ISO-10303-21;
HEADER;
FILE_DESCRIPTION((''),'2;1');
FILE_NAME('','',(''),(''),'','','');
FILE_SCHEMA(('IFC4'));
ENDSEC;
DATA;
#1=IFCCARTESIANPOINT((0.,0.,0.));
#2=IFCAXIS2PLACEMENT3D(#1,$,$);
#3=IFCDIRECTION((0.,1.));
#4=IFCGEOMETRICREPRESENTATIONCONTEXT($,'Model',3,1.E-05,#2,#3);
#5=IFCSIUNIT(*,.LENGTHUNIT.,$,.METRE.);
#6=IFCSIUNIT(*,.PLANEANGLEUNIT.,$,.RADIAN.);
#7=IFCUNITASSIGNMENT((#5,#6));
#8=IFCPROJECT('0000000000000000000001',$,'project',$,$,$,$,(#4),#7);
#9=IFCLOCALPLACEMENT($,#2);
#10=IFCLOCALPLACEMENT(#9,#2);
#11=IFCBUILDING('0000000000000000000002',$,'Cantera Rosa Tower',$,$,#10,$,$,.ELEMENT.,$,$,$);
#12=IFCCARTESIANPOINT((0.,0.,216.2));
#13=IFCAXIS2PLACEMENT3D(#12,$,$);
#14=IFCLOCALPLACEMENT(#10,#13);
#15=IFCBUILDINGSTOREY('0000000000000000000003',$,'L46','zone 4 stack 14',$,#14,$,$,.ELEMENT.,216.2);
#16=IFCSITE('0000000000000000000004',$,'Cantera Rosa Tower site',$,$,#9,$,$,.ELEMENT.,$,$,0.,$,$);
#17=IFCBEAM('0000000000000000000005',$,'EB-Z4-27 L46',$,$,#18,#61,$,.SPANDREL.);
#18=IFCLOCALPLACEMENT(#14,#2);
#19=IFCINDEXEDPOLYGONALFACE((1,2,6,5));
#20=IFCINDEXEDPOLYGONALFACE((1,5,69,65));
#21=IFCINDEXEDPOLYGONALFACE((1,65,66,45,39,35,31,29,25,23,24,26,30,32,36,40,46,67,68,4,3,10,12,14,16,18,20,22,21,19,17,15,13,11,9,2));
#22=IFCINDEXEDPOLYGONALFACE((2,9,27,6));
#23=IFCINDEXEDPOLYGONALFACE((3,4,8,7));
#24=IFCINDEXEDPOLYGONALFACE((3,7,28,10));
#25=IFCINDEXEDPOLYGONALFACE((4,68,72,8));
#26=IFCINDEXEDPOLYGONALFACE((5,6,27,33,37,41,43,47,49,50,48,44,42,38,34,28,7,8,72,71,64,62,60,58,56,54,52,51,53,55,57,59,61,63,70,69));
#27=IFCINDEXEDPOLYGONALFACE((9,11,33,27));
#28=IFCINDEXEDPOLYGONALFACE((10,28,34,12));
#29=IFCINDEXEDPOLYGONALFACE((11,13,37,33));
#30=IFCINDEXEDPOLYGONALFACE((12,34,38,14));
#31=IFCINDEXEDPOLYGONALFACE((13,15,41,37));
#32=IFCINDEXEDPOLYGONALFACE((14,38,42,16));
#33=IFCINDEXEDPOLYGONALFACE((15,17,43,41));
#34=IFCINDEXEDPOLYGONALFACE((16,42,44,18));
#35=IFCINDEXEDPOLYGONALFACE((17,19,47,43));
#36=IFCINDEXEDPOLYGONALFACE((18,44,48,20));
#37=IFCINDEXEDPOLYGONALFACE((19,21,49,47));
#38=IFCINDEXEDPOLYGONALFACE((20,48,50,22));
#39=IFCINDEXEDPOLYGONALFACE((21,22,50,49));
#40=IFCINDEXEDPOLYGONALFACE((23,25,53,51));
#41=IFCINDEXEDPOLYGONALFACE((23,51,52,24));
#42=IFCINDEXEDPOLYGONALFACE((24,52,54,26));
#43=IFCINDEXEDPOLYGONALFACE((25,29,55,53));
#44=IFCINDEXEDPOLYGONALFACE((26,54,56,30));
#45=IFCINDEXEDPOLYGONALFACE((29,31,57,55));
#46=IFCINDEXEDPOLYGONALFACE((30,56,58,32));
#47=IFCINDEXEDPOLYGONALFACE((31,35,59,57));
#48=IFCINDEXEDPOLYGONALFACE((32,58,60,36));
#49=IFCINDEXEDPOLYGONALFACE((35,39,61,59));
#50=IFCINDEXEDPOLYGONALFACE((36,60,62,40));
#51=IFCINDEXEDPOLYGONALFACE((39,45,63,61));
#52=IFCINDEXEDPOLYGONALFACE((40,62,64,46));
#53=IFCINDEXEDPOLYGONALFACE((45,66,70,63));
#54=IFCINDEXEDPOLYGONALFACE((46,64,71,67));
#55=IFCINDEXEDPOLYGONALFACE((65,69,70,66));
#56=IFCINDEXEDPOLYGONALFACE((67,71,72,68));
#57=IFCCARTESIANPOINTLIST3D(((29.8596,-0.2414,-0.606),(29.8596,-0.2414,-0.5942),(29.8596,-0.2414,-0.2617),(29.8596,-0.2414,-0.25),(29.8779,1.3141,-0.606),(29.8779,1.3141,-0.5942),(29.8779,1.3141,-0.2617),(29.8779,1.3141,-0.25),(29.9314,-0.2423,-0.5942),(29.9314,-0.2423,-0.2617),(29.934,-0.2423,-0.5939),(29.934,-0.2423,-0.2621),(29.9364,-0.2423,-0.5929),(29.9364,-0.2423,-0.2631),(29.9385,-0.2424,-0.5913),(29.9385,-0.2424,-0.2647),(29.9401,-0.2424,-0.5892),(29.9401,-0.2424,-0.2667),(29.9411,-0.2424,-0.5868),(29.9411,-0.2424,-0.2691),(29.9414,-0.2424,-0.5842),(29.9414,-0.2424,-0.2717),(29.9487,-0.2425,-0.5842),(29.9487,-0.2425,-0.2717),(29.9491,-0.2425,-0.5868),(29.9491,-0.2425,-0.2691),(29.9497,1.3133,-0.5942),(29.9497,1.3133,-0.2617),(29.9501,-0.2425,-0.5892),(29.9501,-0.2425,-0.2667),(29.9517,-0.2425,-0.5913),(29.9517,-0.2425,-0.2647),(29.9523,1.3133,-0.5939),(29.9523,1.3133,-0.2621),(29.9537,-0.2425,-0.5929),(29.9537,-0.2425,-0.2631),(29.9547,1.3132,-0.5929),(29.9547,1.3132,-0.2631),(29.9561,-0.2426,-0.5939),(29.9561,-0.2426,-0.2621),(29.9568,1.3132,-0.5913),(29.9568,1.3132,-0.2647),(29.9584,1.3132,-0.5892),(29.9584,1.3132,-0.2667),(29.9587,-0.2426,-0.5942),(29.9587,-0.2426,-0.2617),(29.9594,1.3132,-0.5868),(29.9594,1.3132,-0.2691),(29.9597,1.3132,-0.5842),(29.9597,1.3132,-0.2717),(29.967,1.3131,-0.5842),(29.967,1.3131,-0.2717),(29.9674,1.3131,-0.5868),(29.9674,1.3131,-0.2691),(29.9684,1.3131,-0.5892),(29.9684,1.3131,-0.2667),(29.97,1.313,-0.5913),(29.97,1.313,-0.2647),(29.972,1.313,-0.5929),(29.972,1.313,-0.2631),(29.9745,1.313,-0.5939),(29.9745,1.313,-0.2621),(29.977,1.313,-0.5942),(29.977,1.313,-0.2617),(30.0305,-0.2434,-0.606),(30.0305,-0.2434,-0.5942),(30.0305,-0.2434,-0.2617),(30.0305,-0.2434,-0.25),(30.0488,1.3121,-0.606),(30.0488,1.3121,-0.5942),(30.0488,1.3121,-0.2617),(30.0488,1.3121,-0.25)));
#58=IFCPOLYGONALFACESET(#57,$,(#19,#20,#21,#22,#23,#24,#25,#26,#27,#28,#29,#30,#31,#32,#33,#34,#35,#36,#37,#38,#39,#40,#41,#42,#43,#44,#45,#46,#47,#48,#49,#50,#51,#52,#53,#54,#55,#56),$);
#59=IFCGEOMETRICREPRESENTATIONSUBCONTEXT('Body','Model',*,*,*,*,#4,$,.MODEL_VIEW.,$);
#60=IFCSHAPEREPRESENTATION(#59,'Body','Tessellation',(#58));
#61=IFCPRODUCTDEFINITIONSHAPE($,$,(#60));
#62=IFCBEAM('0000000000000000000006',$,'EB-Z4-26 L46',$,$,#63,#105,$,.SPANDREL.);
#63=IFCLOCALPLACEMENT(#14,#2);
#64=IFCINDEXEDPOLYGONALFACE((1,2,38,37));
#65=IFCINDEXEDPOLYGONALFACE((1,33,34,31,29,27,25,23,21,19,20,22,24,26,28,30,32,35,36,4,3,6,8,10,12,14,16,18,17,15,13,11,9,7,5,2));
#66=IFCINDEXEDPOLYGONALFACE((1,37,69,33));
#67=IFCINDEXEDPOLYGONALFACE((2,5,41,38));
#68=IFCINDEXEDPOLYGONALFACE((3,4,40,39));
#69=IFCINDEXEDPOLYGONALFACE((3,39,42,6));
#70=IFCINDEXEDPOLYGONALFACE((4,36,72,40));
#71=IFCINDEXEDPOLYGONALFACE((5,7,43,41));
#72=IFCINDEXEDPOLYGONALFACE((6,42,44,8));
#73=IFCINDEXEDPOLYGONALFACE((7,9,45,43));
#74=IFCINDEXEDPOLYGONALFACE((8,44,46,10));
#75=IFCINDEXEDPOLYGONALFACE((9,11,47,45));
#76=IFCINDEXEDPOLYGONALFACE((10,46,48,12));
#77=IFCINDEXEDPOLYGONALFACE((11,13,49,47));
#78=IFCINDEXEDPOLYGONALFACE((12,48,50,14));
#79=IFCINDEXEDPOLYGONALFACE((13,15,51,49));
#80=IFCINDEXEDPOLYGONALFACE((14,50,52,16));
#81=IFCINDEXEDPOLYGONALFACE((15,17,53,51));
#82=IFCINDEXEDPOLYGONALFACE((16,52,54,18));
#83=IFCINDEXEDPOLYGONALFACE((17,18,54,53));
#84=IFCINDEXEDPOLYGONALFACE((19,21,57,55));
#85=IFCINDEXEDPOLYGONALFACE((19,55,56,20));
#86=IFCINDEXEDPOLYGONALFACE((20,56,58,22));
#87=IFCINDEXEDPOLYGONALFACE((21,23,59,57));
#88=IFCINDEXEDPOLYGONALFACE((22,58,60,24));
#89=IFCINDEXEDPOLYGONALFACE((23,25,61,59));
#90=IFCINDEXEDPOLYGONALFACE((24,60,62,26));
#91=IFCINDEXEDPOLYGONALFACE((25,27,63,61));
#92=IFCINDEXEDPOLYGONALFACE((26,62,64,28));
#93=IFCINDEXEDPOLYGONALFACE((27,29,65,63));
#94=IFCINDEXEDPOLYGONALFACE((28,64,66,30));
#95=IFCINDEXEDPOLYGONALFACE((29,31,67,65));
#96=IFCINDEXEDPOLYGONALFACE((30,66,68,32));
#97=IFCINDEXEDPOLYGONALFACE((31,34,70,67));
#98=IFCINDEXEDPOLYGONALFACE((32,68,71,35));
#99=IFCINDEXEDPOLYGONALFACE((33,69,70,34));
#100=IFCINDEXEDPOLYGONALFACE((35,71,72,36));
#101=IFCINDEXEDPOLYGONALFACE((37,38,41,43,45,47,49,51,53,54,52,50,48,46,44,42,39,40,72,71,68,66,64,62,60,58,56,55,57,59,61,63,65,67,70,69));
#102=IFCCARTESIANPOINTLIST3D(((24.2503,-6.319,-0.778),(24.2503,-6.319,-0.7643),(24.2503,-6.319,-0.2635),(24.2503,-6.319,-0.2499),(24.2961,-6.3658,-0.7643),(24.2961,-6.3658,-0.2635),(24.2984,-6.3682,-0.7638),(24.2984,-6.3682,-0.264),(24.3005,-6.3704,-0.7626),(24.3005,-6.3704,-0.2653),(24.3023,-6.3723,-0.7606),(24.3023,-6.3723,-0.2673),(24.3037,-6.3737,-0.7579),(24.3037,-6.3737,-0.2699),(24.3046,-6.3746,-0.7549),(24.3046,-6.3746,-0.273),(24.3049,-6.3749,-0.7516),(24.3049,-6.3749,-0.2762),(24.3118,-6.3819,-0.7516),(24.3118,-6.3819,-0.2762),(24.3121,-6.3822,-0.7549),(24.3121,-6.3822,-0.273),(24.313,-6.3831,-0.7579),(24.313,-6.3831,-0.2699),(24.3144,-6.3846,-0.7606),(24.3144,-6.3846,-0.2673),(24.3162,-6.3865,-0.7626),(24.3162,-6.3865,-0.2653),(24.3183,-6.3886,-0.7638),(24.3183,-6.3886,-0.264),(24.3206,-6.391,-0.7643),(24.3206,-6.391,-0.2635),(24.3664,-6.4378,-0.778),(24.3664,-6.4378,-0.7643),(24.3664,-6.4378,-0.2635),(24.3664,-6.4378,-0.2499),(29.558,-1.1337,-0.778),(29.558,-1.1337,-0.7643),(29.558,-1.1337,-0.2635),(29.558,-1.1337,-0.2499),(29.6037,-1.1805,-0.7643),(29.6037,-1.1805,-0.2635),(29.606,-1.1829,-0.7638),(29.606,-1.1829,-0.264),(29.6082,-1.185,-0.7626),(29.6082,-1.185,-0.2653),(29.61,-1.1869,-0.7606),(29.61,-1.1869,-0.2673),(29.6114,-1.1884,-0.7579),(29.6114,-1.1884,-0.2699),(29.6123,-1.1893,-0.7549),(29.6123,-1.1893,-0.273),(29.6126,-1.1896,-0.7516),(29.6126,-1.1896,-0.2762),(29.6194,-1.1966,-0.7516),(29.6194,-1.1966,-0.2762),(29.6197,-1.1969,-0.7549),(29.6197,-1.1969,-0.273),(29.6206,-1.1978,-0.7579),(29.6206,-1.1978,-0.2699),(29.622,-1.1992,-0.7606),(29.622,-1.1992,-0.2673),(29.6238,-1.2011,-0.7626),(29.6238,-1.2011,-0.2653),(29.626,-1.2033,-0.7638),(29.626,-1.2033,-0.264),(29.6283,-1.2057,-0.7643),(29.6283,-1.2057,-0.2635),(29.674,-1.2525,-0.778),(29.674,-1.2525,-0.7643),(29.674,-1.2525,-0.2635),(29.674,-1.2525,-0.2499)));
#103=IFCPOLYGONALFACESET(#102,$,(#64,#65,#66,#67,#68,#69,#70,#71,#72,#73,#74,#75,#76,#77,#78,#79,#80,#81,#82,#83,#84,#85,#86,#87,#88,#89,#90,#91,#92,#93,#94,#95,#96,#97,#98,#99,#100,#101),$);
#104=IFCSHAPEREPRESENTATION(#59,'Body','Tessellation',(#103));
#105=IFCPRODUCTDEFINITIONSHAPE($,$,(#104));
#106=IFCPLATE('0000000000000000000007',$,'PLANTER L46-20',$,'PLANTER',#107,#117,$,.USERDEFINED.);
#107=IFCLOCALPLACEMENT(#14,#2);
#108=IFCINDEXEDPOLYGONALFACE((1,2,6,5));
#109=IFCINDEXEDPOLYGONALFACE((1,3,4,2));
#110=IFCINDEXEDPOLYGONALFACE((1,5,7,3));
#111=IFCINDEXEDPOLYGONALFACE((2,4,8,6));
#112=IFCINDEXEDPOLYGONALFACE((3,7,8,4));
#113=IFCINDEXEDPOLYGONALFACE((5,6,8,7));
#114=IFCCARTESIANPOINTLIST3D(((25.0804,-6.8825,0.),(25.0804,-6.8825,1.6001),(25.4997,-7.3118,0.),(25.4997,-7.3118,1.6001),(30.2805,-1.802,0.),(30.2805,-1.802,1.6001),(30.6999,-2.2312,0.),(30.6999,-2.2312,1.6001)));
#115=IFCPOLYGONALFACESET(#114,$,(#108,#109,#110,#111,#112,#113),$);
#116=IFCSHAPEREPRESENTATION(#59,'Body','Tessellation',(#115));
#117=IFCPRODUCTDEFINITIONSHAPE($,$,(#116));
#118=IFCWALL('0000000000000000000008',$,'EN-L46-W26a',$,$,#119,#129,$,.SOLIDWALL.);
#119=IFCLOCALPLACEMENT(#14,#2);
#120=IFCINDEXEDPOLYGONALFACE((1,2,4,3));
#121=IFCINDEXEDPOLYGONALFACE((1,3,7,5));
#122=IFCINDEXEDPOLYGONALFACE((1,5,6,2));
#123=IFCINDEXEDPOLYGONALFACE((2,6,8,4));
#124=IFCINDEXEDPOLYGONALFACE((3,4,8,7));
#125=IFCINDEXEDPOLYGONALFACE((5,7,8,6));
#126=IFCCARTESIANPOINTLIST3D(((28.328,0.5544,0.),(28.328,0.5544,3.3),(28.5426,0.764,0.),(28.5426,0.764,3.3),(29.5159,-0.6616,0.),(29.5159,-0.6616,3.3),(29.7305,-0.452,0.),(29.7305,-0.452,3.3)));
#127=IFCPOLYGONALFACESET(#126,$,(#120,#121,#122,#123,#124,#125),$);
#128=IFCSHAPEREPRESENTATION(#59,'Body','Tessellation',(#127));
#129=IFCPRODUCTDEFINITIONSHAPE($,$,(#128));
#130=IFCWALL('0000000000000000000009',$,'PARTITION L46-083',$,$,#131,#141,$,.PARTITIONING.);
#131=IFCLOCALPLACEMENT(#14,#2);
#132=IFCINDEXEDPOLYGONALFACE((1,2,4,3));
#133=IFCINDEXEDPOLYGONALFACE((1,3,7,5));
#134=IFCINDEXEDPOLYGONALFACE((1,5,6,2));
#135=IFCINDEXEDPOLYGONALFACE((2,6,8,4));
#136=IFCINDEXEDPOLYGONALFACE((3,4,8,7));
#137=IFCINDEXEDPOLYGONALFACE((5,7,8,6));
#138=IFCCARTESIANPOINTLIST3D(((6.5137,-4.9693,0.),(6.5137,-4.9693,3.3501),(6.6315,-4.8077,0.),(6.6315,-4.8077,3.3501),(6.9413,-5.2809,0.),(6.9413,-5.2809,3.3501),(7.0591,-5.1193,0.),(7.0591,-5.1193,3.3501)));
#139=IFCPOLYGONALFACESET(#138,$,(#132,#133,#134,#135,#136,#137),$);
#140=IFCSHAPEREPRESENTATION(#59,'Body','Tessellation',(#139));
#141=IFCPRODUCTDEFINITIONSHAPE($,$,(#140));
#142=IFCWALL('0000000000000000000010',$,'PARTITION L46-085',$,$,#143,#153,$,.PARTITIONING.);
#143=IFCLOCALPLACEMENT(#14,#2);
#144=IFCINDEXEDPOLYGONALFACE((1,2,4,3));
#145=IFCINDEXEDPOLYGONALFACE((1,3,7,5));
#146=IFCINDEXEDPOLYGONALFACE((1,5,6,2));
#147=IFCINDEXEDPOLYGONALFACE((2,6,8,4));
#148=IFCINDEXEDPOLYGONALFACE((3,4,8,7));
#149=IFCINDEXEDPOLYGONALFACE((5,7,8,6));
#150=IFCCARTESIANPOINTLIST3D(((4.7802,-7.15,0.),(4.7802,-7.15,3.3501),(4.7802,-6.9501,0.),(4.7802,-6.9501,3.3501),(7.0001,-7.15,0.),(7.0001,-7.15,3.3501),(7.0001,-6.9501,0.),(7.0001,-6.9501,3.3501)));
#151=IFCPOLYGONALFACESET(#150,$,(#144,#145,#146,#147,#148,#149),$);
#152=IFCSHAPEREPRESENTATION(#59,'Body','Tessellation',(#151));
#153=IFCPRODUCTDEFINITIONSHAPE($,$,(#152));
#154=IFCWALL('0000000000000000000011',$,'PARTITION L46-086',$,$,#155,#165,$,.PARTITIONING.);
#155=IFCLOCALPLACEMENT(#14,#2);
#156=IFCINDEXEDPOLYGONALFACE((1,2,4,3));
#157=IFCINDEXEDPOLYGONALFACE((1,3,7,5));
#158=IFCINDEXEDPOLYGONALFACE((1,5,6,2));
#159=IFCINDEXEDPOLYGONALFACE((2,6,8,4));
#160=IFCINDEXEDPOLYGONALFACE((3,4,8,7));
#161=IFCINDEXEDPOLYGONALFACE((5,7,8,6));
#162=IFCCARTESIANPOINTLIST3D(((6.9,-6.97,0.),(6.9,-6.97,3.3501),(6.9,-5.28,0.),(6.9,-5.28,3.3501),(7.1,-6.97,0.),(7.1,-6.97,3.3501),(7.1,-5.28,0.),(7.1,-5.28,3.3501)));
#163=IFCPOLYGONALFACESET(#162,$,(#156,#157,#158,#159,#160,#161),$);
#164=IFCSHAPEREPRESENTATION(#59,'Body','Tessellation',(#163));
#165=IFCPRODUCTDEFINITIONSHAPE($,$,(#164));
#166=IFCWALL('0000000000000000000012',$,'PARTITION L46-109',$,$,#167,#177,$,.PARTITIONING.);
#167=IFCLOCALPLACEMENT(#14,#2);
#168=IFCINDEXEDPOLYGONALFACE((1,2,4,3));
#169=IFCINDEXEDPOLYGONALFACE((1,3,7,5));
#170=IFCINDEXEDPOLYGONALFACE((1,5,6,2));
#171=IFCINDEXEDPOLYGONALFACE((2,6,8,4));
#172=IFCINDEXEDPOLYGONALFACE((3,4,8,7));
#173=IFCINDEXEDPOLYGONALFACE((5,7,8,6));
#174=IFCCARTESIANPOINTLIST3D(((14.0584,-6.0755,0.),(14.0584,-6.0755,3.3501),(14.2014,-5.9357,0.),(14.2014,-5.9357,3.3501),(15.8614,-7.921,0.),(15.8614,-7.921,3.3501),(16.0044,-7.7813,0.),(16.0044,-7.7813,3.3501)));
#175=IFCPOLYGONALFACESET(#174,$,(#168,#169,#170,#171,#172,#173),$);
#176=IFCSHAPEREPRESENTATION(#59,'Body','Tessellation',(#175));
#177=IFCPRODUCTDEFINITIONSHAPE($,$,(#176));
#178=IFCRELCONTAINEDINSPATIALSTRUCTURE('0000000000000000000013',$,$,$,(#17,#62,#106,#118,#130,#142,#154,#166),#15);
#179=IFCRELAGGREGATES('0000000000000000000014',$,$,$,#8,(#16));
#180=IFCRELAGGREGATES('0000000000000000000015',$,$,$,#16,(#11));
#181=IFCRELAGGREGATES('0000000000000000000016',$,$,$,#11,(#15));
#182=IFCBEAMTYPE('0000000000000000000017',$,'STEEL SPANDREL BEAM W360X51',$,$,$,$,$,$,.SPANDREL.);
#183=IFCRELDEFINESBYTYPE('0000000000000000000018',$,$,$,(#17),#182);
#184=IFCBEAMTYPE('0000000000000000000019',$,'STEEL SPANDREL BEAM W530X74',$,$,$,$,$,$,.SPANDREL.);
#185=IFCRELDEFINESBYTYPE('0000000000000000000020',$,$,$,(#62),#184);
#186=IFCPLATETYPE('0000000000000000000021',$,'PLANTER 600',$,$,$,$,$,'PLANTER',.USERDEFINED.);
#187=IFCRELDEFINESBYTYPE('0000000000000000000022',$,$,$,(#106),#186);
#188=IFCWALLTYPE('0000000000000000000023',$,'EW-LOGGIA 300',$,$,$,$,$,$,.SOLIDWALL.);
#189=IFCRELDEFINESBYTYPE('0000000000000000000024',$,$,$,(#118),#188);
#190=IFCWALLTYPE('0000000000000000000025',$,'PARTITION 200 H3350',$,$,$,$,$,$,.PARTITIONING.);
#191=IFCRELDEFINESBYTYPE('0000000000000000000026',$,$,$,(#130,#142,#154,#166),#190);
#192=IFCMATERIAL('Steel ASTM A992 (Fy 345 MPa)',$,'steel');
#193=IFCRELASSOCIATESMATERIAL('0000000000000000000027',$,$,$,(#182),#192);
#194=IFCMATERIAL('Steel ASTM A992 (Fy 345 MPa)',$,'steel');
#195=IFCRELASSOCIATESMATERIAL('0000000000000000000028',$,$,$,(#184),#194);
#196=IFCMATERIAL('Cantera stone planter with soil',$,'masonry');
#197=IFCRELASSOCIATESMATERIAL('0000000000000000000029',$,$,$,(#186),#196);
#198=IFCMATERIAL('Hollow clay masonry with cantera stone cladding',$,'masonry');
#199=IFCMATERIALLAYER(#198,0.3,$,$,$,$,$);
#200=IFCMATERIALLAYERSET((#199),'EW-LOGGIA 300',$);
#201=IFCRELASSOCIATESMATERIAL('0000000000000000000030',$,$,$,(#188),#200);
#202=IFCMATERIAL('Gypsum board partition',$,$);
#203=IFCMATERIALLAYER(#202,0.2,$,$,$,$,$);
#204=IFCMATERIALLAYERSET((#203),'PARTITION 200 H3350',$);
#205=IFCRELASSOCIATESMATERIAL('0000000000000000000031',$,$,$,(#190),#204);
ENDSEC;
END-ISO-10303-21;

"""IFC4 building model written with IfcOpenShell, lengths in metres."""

from ifc_helpers import new_model, si_unit, direction, frame, frame_2d, origin, origin_2d, place, context, subcontext, project, spatial, rectangle, i_section, extrude, material, layer, layer_set, material_profile, profile_set, type_object, element, save


model = new_model("IFC4")

# Units and contexts
model_context = context("Model", 3, precision=1e-05, world=origin(), true_north=direction((0.0, 1.0)))
body_context = subcontext(model_context, "Body", "Model", "MODEL_VIEW")
ifc_project = project(units=[si_unit("LENGTHUNIT", "METRE"), si_unit("PLANEANGLEUNIT", "RADIAN")], contexts=[model_context])

# Site, building, storey
site_placement = place(None, origin())
site = spatial("IfcSite", under=ifc_project, at=site_placement, Name="Cantera Rosa Tower site", CompositionType="ELEMENT", RefElevation=0.0)
building_placement = place(site_placement, origin())
building = spatial("IfcBuilding", under=site, at=building_placement, Name="Cantera Rosa Tower", CompositionType="ELEMENT")
storey_placement = place(building_placement, frame((0.0, 0.0, 216.2)))
storey = spatial("IfcBuildingStorey", under=building, at=storey_placement, Name="L46", Description="zone 4 stack 14", CompositionType="ELEMENT", Elevation=216.2)

# Beams
ifc_material_1 = material(Name="Steel ASTM A992 (Fy 345 MPa)", Category="steel")
ifc_material_profile_1 = material_profile(ifc_material_1, i_section(OverallWidth=0.1709, OverallDepth=0.356, WebThickness=0.0073, FlangeThickness=0.0117, FilletRadius=0.01, at=origin_2d()), Name="W360X51")
ifc_profile_set_1 = profile_set([ifc_material_profile_1], Name="Steel ASTM A992 (Fy 345 MPa)")
beam_type_1 = type_object("IfcBeamType", Name="STEEL SPANDREL BEAM W360X51", PredefinedType="SPANDREL", material=ifc_profile_set_1)
beam_1_placement = place(storey_placement, frame((29.9451, -0.2424, -0.428), z_axis=(0.011769, 0.999931, 0.0), x_axis=(-0.999931, 0.011769, 0.0)))
element("IfcBeam", 1, at=beam_1_placement, inside=storey, type_object=beam_type_1, Name="EB-Z4-27 L46", PredefinedType="SPANDREL", context=body_context, shape_type="SweptSolid", body=[
    extrude(i_section(OverallWidth=0.1709, OverallDepth=0.356, WebThickness=0.0073, FlangeThickness=0.0117, FilletRadius=0.01, at=origin_2d()), origin(), (0.0, 0.0, 1.0), 1.5557),
])
ifc_material_2 = material(Name="Steel ASTM A992 (Fy 345 MPa)", Category="steel")
ifc_material_profile_2 = material_profile(ifc_material_2, i_section(OverallWidth=0.166, OverallDepth=0.5281, WebThickness=0.0098, FlangeThickness=0.0137, FilletRadius=0.0127, at=origin_2d()), Name="W530X74")
ifc_profile_set_2 = profile_set([ifc_material_profile_2], Name="Steel ASTM A992 (Fy 345 MPa)")
beam_type_2 = type_object("IfcBeamType", Name="STEEL SPANDREL BEAM W530X74", PredefinedType="SPANDREL", material=ifc_profile_set_2)
beam_2_placement = place(storey_placement, frame((24.3083, -6.3784, -0.5139), z_axis=(0.715301, 0.698817, 0.0), x_axis=(-0.698817, 0.715301, 0.0)))
element("IfcBeam", 2, at=beam_2_placement, inside=storey, type_object=beam_type_2, Name="EB-Z4-26 L46", PredefinedType="SPANDREL", context=body_context, shape_type="SweptSolid", body=[
    extrude(i_section(OverallWidth=0.166, OverallDepth=0.5281, WebThickness=0.0098, FlangeThickness=0.0137, FilletRadius=0.0127, at=origin_2d()), origin(), (0.0, 0.0, 1.0), 7.4202),
])

# Plate
ifc_material_3 = material(Name="Cantera stone planter with soil", Category="masonry")
plate_type = type_object("IfcPlateType", Name="PLANTER 600", ElementType="PLANTER", PredefinedType="USERDEFINED", material=ifc_material_3)
plate_placement = place(storey_placement, frame((27.8901, -4.5569, 0.0), z_axis=(0.0, 0.0, 1.0), x_axis=(0.715286, 0.698832, 0.0)))
element("IfcPlate", 3, at=plate_placement, inside=storey, type_object=plate_type, Name="PLANTER L46-20", ObjectType="PLANTER", PredefinedType="USERDEFINED", context=body_context, shape_type="SweptSolid", body=[
    extrude(rectangle(XDim=7.27, YDim=0.6001, at=origin_2d()), origin(), (0.0, 0.0, 1.0), 1.6001),
])

# Wall
ifc_material_4 = material(Name="Hollow clay masonry with cantera stone cladding", Category="masonry")
ifc_layer_1 = layer(ifc_material_4, 0.3)
ifc_layer_set_1 = layer_set([ifc_layer_1], Name="EW-LOGGIA 300")
wall_type_1 = type_object("IfcWallType", Name="EW-LOGGIA 300", PredefinedType="SOLIDWALL", material=ifc_layer_set_1)
wall_1_placement = place(storey_placement, frame((29.6233, -0.5569, 0.0), z_axis=(0.0, 0.0, 1.0), x_axis=(-0.698801, 0.715316, 0.0)))
element("IfcWall", 4, at=wall_1_placement, inside=storey, type_object=wall_type_1, Name="EN-L46-W26a", PredefinedType="SOLIDWALL", context=body_context, shape_type="SweptSolid", body=[
    extrude(rectangle(XDim=1.7, YDim=0.3, at=frame_2d((0.8501, 0.0))), origin(), (0.0, 0.0, 1.0), 3.3),
])

# Walls
ifc_material_5 = material(Name="Gypsum board partition")
ifc_layer_2 = layer(ifc_material_5, 0.2)
ifc_layer_set_2 = layer_set([ifc_layer_2], Name="PARTITION 200 H3350")
wall_type_2 = type_object("IfcWallType", Name="PARTITION 200 H3350", PredefinedType="PARTITIONING", material=ifc_layer_set_2)
wall_2_placement = place(storey_placement, frame((6.5725, -4.8884, 0.0), z_axis=(0.0, 0.0, 1.0), x_axis=(0.808177, -0.58894, 0.0)))
element("IfcWall", 5, at=wall_2_placement, inside=storey, type_object=wall_type_2, Name="PARTITION L46-083", PredefinedType="PARTITIONING", context=body_context, shape_type="SweptSolid", body=[
    extrude(rectangle(XDim=0.5291, YDim=0.2, at=frame_2d((0.2646, 0.0))), origin(), (0.0, 0.0, 1.0), 3.3501),
])
wall_3_placement = place(storey_placement, frame((7.0, -7.05, 0.0), z_axis=(0.0, 0.0, 1.0), x_axis=(-1.0, 0.0, 0.0)))
element("IfcWall", 6, at=wall_3_placement, inside=storey, type_object=wall_type_2, Name="PARTITION L46-085", PredefinedType="PARTITIONING", context=body_context, shape_type="SweptSolid", body=[
    extrude(rectangle(XDim=2.22, YDim=0.2, at=frame_2d((1.1099, 0.0))), origin(), (0.0, 0.0, 1.0), 3.3501),
])
wall_4_placement = place(storey_placement, frame((7.0, -5.28, 0.0), z_axis=(0.0, 0.0, 1.0), x_axis=(0.0, -1.0, 0.0)))
element("IfcWall", 7, at=wall_4_placement, inside=storey, type_object=wall_type_2, Name="PARTITION L46-086", PredefinedType="PARTITIONING", context=body_context, shape_type="SweptSolid", body=[
    extrude(rectangle(XDim=1.6899, YDim=0.2, at=frame_2d((0.845, 0.0))), origin(), (0.0, 0.0, 1.0), 3.3501),
])
wall_5_placement = place(storey_placement, frame((14.1299, -6.0056, 0.0), z_axis=(0.0, 0.0, 1.0), x_axis=(0.698826, -0.715291, 0.0)))
element("IfcWall", 8, at=wall_5_placement, inside=storey, type_object=wall_type_2, Name="PARTITION L46-109", PredefinedType="PARTITIONING", context=body_context, shape_type="SweptSolid", body=[
    extrude(rectangle(XDim=2.5801, YDim=0.2, at=frame_2d((1.29, 0.0))), origin(), (0.0, 0.0, 1.0), 3.3501),
])

save(model, "model.ifc")
